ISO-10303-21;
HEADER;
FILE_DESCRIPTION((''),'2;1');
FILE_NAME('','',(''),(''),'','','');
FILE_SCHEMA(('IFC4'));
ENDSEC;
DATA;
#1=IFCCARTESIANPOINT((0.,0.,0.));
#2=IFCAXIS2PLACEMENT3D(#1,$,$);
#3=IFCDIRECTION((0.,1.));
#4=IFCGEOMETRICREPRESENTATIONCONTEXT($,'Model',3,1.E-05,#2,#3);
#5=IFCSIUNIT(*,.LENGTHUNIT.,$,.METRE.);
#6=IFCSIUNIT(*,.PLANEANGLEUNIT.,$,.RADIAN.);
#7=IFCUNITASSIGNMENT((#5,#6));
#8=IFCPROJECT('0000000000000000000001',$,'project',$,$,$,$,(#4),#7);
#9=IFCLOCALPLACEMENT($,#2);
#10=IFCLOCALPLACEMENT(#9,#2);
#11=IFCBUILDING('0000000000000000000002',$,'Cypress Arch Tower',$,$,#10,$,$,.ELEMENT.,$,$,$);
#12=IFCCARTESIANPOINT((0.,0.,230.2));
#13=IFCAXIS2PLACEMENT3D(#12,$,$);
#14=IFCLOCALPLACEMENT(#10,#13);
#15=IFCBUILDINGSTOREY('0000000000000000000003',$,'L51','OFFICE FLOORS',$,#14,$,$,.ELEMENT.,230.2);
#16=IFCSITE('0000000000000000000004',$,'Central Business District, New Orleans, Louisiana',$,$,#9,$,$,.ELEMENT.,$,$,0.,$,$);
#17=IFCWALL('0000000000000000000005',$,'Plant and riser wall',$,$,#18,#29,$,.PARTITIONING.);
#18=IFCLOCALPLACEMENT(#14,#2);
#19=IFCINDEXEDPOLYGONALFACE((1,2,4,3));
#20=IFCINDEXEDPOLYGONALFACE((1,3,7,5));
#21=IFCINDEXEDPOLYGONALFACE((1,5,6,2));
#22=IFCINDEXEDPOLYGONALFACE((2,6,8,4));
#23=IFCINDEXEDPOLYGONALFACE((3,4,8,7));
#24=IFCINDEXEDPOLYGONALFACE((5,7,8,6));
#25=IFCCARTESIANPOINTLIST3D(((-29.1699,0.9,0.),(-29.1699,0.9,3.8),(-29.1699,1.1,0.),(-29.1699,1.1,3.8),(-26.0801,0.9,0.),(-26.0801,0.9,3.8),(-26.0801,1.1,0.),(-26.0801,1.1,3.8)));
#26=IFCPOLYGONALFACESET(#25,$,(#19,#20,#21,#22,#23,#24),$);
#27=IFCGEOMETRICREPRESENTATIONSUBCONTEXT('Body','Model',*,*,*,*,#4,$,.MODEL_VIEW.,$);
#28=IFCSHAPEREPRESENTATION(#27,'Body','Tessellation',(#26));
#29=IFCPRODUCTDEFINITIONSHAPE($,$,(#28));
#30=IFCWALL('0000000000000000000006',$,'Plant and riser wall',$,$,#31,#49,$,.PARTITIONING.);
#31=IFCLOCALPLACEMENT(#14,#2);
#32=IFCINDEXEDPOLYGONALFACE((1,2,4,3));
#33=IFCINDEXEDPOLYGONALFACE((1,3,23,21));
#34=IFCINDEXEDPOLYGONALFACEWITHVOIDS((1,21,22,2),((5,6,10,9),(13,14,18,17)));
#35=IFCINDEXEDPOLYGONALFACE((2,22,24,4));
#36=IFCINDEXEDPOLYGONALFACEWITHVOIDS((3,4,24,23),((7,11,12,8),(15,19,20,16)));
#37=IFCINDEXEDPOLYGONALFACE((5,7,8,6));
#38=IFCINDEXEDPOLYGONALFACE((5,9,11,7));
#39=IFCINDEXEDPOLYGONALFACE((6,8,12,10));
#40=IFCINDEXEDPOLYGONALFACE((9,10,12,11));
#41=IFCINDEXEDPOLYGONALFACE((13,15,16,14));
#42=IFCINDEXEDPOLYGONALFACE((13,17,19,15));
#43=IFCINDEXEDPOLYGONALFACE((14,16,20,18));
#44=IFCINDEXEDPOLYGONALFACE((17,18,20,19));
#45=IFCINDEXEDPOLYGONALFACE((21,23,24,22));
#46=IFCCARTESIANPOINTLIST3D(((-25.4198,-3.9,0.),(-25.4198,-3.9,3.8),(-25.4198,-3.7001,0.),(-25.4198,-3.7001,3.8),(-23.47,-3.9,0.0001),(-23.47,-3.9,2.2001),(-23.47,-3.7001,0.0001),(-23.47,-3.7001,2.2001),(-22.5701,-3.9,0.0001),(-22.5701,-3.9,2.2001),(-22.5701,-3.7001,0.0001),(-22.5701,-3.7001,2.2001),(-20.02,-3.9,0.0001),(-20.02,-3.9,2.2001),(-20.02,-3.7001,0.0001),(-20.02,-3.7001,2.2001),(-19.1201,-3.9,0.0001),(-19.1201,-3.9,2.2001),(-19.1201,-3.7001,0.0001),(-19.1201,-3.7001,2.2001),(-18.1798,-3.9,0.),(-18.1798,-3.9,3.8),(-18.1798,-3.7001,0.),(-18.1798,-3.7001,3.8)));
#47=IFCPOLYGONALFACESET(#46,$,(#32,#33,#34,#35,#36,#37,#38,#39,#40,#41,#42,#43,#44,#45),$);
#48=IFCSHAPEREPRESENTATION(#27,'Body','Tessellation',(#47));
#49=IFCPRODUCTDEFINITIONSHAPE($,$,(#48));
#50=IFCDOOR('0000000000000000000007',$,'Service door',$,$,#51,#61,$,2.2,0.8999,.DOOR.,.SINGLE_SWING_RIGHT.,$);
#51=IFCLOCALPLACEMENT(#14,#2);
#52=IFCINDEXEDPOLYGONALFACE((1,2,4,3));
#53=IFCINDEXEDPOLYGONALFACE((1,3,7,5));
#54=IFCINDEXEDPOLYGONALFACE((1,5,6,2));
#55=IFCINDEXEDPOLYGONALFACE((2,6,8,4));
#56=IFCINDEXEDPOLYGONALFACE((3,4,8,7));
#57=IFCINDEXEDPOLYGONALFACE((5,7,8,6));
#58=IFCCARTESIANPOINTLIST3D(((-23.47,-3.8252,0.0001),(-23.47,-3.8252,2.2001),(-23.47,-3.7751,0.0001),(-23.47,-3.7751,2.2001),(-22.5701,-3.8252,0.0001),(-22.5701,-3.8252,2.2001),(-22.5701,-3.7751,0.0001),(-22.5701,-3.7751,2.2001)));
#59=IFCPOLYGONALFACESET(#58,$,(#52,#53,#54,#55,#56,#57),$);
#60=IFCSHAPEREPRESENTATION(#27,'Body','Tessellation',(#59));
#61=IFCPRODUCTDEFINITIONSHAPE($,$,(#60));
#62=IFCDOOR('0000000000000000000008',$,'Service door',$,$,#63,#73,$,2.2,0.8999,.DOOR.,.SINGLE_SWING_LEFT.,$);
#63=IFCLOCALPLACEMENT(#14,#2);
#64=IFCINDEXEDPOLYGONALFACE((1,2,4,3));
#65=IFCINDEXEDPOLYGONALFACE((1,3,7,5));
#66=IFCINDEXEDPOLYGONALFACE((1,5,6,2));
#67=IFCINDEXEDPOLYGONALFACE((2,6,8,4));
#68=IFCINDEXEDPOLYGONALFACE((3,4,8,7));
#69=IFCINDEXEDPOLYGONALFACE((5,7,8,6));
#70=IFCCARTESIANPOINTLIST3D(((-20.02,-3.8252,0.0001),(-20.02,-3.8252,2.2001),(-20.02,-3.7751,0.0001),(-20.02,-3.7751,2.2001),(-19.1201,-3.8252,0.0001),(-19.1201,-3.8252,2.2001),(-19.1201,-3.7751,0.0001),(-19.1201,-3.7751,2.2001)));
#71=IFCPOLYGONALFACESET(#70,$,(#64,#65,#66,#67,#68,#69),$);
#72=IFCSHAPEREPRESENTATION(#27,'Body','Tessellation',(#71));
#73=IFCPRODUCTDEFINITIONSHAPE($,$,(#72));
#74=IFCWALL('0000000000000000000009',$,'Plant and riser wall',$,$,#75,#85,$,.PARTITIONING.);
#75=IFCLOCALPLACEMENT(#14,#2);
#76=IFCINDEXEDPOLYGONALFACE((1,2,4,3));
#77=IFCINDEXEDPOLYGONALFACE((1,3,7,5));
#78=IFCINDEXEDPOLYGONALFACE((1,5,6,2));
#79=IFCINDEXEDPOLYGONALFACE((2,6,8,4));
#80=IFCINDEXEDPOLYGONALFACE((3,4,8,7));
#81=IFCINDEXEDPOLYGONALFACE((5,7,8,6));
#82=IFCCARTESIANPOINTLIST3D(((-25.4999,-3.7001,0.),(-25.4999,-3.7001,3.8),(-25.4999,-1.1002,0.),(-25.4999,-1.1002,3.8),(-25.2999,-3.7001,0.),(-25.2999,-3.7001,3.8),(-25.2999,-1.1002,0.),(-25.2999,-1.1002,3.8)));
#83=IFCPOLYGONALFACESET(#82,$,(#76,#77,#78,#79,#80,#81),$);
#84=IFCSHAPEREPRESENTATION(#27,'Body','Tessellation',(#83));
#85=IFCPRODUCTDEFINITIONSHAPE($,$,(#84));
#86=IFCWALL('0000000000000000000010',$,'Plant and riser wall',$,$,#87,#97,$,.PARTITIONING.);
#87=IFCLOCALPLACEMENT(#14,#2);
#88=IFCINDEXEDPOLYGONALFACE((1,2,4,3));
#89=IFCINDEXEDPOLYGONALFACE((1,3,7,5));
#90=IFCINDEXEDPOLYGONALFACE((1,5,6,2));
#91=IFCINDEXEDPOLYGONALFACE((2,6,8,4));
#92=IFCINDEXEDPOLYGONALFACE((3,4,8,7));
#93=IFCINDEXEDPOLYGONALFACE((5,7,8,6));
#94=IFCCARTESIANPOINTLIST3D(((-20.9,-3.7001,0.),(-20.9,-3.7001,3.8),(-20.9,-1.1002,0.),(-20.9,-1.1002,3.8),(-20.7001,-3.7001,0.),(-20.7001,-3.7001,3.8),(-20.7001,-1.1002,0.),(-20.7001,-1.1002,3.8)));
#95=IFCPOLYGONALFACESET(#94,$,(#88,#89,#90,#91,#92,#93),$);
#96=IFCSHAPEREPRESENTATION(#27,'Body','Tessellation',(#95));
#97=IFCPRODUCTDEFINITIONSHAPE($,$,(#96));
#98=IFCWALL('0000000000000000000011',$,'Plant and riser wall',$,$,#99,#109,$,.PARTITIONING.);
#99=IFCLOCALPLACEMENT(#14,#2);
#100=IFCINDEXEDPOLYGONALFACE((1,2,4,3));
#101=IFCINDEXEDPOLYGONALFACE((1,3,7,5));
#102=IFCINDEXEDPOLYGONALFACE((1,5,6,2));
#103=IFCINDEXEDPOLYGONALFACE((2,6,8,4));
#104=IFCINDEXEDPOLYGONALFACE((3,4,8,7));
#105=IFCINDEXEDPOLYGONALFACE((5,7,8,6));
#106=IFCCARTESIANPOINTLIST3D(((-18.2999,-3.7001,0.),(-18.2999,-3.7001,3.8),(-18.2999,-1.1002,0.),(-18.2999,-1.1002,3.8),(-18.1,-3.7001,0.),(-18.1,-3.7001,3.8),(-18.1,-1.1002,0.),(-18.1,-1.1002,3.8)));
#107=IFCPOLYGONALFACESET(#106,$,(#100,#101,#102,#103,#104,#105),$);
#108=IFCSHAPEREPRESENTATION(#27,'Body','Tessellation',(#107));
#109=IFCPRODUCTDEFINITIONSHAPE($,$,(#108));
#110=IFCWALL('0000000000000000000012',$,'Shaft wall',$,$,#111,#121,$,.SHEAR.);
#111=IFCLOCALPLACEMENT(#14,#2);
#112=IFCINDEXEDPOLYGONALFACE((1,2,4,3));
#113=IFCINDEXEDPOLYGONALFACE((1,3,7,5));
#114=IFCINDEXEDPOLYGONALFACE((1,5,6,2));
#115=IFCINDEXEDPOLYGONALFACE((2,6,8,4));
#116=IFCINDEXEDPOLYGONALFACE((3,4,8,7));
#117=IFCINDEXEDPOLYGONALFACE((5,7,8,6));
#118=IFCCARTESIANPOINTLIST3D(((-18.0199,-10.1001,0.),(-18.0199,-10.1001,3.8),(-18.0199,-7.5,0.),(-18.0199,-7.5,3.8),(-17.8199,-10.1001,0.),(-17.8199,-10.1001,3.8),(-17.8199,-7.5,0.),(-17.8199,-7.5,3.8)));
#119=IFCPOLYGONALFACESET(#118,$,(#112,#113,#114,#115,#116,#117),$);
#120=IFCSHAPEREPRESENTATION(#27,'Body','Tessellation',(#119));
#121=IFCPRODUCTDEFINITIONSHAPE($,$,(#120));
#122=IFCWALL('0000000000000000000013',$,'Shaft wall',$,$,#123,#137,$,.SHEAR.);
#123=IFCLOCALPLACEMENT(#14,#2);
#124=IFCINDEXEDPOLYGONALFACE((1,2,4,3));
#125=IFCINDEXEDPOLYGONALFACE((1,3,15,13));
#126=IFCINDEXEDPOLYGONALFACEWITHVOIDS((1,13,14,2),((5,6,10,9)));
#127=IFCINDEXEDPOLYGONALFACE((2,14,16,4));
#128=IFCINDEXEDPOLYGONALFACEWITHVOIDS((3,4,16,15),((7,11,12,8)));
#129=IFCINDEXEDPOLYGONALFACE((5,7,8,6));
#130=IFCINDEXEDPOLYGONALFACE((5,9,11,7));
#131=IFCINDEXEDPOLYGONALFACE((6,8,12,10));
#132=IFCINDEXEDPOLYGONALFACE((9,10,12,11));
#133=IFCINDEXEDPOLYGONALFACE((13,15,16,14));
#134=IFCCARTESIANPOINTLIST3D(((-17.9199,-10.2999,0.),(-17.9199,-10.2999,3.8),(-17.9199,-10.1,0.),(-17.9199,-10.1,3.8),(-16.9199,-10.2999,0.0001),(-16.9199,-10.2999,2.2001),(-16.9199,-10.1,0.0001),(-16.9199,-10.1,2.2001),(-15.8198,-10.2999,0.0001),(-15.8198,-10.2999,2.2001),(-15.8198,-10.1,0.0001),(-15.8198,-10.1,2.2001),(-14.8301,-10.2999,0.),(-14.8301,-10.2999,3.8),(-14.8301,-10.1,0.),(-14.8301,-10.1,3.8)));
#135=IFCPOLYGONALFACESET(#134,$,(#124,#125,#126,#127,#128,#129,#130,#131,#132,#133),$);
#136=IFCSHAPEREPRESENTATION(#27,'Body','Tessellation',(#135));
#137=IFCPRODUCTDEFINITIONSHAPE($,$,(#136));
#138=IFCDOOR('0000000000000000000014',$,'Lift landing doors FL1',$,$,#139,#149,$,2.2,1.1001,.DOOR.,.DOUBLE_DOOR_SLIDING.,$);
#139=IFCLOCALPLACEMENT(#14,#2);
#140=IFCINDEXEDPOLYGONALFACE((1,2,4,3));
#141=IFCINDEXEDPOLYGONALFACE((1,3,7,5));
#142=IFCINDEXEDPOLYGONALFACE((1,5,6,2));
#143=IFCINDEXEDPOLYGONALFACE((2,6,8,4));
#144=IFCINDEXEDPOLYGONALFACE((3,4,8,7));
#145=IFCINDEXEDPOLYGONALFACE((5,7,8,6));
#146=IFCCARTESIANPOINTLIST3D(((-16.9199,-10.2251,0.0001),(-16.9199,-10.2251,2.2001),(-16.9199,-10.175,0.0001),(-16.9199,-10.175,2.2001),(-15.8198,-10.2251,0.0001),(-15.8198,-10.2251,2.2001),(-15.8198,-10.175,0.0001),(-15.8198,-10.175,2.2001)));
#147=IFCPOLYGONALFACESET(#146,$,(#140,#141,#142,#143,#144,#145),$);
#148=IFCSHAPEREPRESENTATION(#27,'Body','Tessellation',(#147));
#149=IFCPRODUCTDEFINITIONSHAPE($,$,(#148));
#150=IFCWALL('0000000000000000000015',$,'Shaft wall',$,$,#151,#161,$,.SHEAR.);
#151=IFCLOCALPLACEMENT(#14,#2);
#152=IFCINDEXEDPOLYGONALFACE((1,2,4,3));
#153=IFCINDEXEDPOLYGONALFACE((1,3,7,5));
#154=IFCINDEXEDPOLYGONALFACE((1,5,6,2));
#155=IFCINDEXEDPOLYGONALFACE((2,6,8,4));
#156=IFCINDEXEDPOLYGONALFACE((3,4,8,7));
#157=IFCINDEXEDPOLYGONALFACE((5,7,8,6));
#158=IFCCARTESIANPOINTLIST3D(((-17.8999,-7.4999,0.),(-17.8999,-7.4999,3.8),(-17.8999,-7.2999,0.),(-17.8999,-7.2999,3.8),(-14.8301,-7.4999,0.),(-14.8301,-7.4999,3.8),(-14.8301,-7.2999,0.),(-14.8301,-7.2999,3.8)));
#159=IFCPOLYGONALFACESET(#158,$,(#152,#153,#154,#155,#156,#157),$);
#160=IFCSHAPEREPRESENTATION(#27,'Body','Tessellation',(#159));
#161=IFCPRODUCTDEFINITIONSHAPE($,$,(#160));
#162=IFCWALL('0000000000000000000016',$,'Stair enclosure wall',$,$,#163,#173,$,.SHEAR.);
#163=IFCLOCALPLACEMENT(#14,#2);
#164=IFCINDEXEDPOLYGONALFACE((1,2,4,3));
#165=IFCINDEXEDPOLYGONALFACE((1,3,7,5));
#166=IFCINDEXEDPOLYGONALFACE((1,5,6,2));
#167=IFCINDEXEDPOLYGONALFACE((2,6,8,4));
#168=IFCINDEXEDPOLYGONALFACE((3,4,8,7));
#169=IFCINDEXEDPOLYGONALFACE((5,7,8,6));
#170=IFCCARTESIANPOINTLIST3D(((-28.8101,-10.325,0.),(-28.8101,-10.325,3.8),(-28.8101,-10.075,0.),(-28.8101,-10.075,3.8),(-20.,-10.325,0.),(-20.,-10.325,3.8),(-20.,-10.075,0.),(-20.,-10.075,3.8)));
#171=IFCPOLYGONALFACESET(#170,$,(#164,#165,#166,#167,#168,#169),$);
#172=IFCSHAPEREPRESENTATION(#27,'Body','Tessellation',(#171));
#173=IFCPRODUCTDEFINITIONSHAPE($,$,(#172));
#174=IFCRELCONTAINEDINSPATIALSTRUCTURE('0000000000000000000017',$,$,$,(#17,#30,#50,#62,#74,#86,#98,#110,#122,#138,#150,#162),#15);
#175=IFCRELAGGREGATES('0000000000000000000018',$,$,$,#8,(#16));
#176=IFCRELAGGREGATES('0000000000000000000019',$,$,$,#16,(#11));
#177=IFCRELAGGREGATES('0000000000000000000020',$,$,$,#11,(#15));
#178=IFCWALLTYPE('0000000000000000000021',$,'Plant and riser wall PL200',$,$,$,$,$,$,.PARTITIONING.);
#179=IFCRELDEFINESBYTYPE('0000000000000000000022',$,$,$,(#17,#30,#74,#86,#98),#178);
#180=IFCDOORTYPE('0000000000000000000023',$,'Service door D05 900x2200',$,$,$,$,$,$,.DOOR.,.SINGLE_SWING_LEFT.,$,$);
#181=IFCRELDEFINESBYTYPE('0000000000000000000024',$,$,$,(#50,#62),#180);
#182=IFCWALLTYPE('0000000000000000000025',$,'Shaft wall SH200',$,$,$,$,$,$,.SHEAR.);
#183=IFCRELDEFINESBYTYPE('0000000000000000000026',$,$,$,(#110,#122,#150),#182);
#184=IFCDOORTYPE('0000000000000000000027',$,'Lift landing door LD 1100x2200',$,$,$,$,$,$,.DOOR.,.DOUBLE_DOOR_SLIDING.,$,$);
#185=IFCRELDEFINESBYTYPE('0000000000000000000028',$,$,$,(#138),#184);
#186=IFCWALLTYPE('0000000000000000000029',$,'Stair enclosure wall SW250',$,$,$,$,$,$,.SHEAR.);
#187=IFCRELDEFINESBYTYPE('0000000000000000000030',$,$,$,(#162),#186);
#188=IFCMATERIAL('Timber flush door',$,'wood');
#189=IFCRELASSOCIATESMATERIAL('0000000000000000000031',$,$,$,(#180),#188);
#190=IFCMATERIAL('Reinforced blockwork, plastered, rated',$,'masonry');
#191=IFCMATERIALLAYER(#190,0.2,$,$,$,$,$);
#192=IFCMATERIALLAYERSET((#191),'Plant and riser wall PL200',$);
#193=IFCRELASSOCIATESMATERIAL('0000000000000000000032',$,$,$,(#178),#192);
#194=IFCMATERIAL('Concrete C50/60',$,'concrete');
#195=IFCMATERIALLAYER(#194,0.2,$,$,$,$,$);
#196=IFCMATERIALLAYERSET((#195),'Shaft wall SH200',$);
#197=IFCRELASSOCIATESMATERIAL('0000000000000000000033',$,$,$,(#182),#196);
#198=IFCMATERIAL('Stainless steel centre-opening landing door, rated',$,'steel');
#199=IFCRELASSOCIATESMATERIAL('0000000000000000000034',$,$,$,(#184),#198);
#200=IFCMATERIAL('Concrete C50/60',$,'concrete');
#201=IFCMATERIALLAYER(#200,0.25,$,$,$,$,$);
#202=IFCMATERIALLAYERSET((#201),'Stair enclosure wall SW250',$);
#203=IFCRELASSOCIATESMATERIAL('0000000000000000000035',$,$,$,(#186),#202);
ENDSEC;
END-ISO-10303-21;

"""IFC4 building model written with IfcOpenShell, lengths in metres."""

from ifc_helpers import new_model, si_unit, direction, frame, frame_2d, origin, place, context, subcontext, project, spatial, rectangle, extrude, material, layer, layer_set, type_object, element, fill, save


model = new_model("IFC4")

# Units and contexts
model_context = context("Model", 3, precision=1e-05, world=origin(), true_north=direction((0.0, 1.0)))
body_context = subcontext(model_context, "Body", "Model", "MODEL_VIEW")
ifc_project = project(units=[si_unit("LENGTHUNIT", "METRE"), si_unit("PLANEANGLEUNIT", "RADIAN")], contexts=[model_context])

# Site, building, storey
site_placement = place(None, origin())
site = spatial("IfcSite", under=ifc_project, at=site_placement, Name="Central Business District, New Orleans, Louisiana", CompositionType="ELEMENT", RefElevation=0.0)
building_placement = place(site_placement, origin())
building = spatial("IfcBuilding", under=site, at=building_placement, Name="Cypress Arch Tower", CompositionType="ELEMENT")
storey_placement = place(building_placement, frame((0.0, 0.0, 230.2)))
storey = spatial("IfcBuildingStorey", under=building, at=storey_placement, Name="L51", Description="OFFICE FLOORS", CompositionType="ELEMENT", Elevation=230.2)

# Shared definitions
ifc_material_1 = material(Name="Timber flush door", Category="wood")
door_type_1 = type_object("IfcDoorType", Name="Service door D05 900x2200", OperationType="SINGLE_SWING_LEFT", PredefinedType="DOOR", material=ifc_material_1)

# Wall
ifc_material_2 = material(Name="Reinforced blockwork, plastered, rated", Category="masonry")
ifc_layer_1 = layer(ifc_material_2, 0.2)
ifc_layer_set_1 = layer_set([ifc_layer_1], Name="Plant and riser wall PL200")
wall_type_1 = type_object("IfcWallType", Name="Plant and riser wall PL200", PredefinedType="PARTITIONING", material=ifc_layer_set_1)
wall_1_placement = place(storey_placement, frame((-29.1699, 1.0, 0.0), z_axis=(0.0, 0.0, 1.0), x_axis=(1.0, 0.0, 0.0)))
element("IfcWall", 1, at=wall_1_placement, inside=storey, type_object=wall_type_1, Name="Plant and riser wall", PredefinedType="PARTITIONING", context=body_context, shape_type="SweptSolid", body=[
    extrude(rectangle(XDim=3.0898, YDim=0.2, at=frame_2d((1.5449, 0.0))), origin(), (0.0, 0.0, 1.0), 3.8),
])

# Wall, openings, doors
wall_2_placement = place(storey_placement, frame((-25.4199, -3.8, 0.0), z_axis=(0.0, 0.0, 1.0), x_axis=(1.0, 0.0, 0.0)))
wall_2 = element("IfcWall", 2, at=wall_2_placement, inside=storey, type_object=wall_type_1, Name="Plant and riser wall", PredefinedType="PARTITIONING", context=body_context, shape_type="SweptSolid", body=[
    extrude(rectangle(XDim=7.24, YDim=0.2, at=frame_2d((3.6201, 0.0))), origin(), (0.0, 0.0, 1.0), 3.8),
])
opening_1_placement = place(wall_2_placement, frame((1.95, 0.0, 0.0)))
opening_1 = element("IfcOpeningElement", 3, at=opening_1_placement, cuts=wall_2, PredefinedType="OPENING", context=body_context, shape_type="SweptSolid", body=[
    extrude(rectangle(XDim=0.8999, YDim=2.2, at=frame_2d((0.45, 1.1001))), frame((0.0, 0.1099, 0.0), z_axis=(0.0, -1.0, 0.0), x_axis=(1.0, 0.0, 0.0)), (0.0, 0.0, 1.0), 0.22),
])
opening_2_placement = place(wall_2_placement, frame((5.3999, 0.0, 0.0)))
opening_2 = element("IfcOpeningElement", 4, at=opening_2_placement, cuts=wall_2, PredefinedType="OPENING", context=body_context, shape_type="SweptSolid", body=[
    extrude(rectangle(XDim=0.8999, YDim=2.2, at=frame_2d((0.45, 1.1001))), frame((0.0, 0.1099, 0.0), z_axis=(0.0, -1.0, 0.0), x_axis=(1.0, 0.0, 0.0)), (0.0, 0.0, 1.0), 0.22),
])
door_1_placement = place(opening_1_placement, origin())
door_1 = element("IfcDoor", 5, at=door_1_placement, inside=storey, type_object=door_type_1, Name="Service door", OperationType="SINGLE_SWING_RIGHT", OverallHeight=2.2, OverallWidth=0.8999, PredefinedType="DOOR", context=body_context, shape_type="SweptSolid", body=[
    extrude(rectangle(XDim=0.8999, YDim=2.2, at=frame_2d((0.45, 1.1001))), frame((0.0, 0.0249, 0.0), z_axis=(0.0, -1.0, 0.0), x_axis=(1.0, 0.0, 0.0)), (0.0, 0.0, 1.0), 0.05),
])
fill(opening_1, door_1)
door_2_placement = place(opening_2_placement, origin())
door_2 = element("IfcDoor", 6, at=door_2_placement, inside=storey, type_object=door_type_1, Name="Service door", OperationType="SINGLE_SWING_LEFT", OverallHeight=2.2, OverallWidth=0.8999, PredefinedType="DOOR", context=body_context, shape_type="SweptSolid", body=[
    extrude(rectangle(XDim=0.8999, YDim=2.2, at=frame_2d((0.45, 1.1001))), frame((0.0, 0.0249, 0.0), z_axis=(0.0, -1.0, 0.0), x_axis=(1.0, 0.0, 0.0)), (0.0, 0.0, 1.0), 0.05),
])
fill(opening_2, door_2)

# Walls
for number, where, z_axis, x_axis, name in (
    (7, (-25.3999, -3.7, 0.0), (0.0, 0.0, 1.0), (0.0, 1.0, 0.0), "Plant and riser wall"),
    (8, (-20.8, -3.7, 0.0), (0.0, 0.0, 1.0), (0.0, 1.0, 0.0), "Plant and riser wall"),
    (9, (-18.2, -3.7, 0.0), (0.0, 0.0, 1.0), (0.0, 1.0, 0.0), "Plant and riser wall"),
):
    element("IfcWall", number, at=place(storey_placement, frame(where, z_axis=z_axis, x_axis=x_axis)), inside=storey, type_object=wall_type_1, Name=name, PredefinedType="PARTITIONING", context=body_context, shape_type="SweptSolid", body=[
        extrude(rectangle(XDim=2.5999, YDim=0.2, at=frame_2d((1.2998, 0.0))), origin(), (0.0, 0.0, 1.0), 3.8),
    ])
ifc_material_3 = material(Name="Concrete C50/60", Category="concrete")
ifc_layer_2 = layer(ifc_material_3, 0.2)
ifc_layer_set_2 = layer_set([ifc_layer_2], Name="Shaft wall SH200")
wall_type_2 = type_object("IfcWallType", Name="Shaft wall SH200", PredefinedType="SHEAR", material=ifc_layer_set_2)
wall_3_placement = place(storey_placement, frame((-17.9199, -10.1001, 0.0), z_axis=(0.0, 0.0, 1.0), x_axis=(0.0, 1.0, 0.0)))
element("IfcWall", 10, at=wall_3_placement, inside=storey, type_object=wall_type_2, Name="Shaft wall", PredefinedType="SHEAR", context=body_context, shape_type="SweptSolid", body=[
    extrude(rectangle(XDim=2.6001, YDim=0.2, at=frame_2d((1.3, 0.0))), origin(), (0.0, 0.0, 1.0), 3.8),
])

# Wall, opening, door
wall_4_placement = place(storey_placement, frame((-17.9199, -10.2, 0.0), z_axis=(0.0, 0.0, 1.0), x_axis=(1.0, 0.0, 0.0)))
wall_4 = element("IfcWall", 11, at=wall_4_placement, inside=storey, type_object=wall_type_2, Name="Shaft wall", PredefinedType="SHEAR", context=body_context, shape_type="SweptSolid", body=[
    extrude(rectangle(XDim=3.0898, YDim=0.2, at=frame_2d((1.5449, 0.0))), origin(), (0.0, 0.0, 1.0), 3.8),
])
opening_3_placement = place(wall_4_placement, frame((1.0, 0.0, 0.0)))
opening_3 = element("IfcOpeningElement", 12, at=opening_3_placement, cuts=wall_4, PredefinedType="OPENING", context=body_context, shape_type="SweptSolid", body=[
    extrude(rectangle(XDim=1.1001, YDim=2.2, at=frame_2d((0.55, 1.1001))), frame((0.0, 0.1099, 0.0), z_axis=(0.0, -1.0, 0.0), x_axis=(1.0, 0.0, 0.0)), (0.0, 0.0, 1.0), 0.22),
])
ifc_material_4 = material(Name="Stainless steel centre-opening landing door, rated", Category="steel")
door_type_2 = type_object("IfcDoorType", Name="Lift landing door LD 1100x2200", OperationType="DOUBLE_DOOR_SLIDING", PredefinedType="DOOR", material=ifc_material_4)
door_3_placement = place(opening_3_placement, origin())
door_3 = element("IfcDoor", 13, at=door_3_placement, inside=storey, type_object=door_type_2, Name="Lift landing doors FL1", OperationType="DOUBLE_DOOR_SLIDING", OverallHeight=2.2, OverallWidth=1.1001, PredefinedType="DOOR", context=body_context, shape_type="SweptSolid", body=[
    extrude(rectangle(XDim=1.1001, YDim=2.2, at=frame_2d((0.55, 1.1001))), frame((0.0, 0.0249, 0.0), z_axis=(0.0, -1.0, 0.0), x_axis=(1.0, 0.0, 0.0)), (0.0, 0.0, 1.0), 0.05),
])
fill(opening_3, door_3)

# Walls
wall_5_placement = place(storey_placement, frame((-17.8999, -7.3999, 0.0), z_axis=(0.0, 0.0, 1.0), x_axis=(1.0, 0.0, 0.0)))
element("IfcWall", 14, at=wall_5_placement, inside=storey, type_object=wall_type_2, Name="Shaft wall", PredefinedType="SHEAR", context=body_context, shape_type="SweptSolid", body=[
    extrude(rectangle(XDim=3.0698, YDim=0.2, at=frame_2d((1.5349, 0.0))), origin(), (0.0, 0.0, 1.0), 3.8),
])
ifc_material_5 = material(Name="Concrete C50/60", Category="concrete")
ifc_layer_3 = layer(ifc_material_5, 0.25)
ifc_layer_set_3 = layer_set([ifc_layer_3], Name="Stair enclosure wall SW250")
wall_type_3 = type_object("IfcWallType", Name="Stair enclosure wall SW250", PredefinedType="SHEAR", material=ifc_layer_set_3)
wall_6_placement = place(storey_placement, frame((-28.8101, -10.2, 0.0), z_axis=(0.0, 0.0, 1.0), x_axis=(1.0, 0.0, 0.0)))
element("IfcWall", 15, at=wall_6_placement, inside=storey, type_object=wall_type_3, Name="Stair enclosure wall", PredefinedType="SHEAR", context=body_context, shape_type="SweptSolid", body=[
    extrude(rectangle(XDim=8.8101, YDim=0.25, at=frame_2d((4.405, 0.0))), origin(), (0.0, 0.0, 1.0), 3.8),
])

save(model, "model.ifc")
